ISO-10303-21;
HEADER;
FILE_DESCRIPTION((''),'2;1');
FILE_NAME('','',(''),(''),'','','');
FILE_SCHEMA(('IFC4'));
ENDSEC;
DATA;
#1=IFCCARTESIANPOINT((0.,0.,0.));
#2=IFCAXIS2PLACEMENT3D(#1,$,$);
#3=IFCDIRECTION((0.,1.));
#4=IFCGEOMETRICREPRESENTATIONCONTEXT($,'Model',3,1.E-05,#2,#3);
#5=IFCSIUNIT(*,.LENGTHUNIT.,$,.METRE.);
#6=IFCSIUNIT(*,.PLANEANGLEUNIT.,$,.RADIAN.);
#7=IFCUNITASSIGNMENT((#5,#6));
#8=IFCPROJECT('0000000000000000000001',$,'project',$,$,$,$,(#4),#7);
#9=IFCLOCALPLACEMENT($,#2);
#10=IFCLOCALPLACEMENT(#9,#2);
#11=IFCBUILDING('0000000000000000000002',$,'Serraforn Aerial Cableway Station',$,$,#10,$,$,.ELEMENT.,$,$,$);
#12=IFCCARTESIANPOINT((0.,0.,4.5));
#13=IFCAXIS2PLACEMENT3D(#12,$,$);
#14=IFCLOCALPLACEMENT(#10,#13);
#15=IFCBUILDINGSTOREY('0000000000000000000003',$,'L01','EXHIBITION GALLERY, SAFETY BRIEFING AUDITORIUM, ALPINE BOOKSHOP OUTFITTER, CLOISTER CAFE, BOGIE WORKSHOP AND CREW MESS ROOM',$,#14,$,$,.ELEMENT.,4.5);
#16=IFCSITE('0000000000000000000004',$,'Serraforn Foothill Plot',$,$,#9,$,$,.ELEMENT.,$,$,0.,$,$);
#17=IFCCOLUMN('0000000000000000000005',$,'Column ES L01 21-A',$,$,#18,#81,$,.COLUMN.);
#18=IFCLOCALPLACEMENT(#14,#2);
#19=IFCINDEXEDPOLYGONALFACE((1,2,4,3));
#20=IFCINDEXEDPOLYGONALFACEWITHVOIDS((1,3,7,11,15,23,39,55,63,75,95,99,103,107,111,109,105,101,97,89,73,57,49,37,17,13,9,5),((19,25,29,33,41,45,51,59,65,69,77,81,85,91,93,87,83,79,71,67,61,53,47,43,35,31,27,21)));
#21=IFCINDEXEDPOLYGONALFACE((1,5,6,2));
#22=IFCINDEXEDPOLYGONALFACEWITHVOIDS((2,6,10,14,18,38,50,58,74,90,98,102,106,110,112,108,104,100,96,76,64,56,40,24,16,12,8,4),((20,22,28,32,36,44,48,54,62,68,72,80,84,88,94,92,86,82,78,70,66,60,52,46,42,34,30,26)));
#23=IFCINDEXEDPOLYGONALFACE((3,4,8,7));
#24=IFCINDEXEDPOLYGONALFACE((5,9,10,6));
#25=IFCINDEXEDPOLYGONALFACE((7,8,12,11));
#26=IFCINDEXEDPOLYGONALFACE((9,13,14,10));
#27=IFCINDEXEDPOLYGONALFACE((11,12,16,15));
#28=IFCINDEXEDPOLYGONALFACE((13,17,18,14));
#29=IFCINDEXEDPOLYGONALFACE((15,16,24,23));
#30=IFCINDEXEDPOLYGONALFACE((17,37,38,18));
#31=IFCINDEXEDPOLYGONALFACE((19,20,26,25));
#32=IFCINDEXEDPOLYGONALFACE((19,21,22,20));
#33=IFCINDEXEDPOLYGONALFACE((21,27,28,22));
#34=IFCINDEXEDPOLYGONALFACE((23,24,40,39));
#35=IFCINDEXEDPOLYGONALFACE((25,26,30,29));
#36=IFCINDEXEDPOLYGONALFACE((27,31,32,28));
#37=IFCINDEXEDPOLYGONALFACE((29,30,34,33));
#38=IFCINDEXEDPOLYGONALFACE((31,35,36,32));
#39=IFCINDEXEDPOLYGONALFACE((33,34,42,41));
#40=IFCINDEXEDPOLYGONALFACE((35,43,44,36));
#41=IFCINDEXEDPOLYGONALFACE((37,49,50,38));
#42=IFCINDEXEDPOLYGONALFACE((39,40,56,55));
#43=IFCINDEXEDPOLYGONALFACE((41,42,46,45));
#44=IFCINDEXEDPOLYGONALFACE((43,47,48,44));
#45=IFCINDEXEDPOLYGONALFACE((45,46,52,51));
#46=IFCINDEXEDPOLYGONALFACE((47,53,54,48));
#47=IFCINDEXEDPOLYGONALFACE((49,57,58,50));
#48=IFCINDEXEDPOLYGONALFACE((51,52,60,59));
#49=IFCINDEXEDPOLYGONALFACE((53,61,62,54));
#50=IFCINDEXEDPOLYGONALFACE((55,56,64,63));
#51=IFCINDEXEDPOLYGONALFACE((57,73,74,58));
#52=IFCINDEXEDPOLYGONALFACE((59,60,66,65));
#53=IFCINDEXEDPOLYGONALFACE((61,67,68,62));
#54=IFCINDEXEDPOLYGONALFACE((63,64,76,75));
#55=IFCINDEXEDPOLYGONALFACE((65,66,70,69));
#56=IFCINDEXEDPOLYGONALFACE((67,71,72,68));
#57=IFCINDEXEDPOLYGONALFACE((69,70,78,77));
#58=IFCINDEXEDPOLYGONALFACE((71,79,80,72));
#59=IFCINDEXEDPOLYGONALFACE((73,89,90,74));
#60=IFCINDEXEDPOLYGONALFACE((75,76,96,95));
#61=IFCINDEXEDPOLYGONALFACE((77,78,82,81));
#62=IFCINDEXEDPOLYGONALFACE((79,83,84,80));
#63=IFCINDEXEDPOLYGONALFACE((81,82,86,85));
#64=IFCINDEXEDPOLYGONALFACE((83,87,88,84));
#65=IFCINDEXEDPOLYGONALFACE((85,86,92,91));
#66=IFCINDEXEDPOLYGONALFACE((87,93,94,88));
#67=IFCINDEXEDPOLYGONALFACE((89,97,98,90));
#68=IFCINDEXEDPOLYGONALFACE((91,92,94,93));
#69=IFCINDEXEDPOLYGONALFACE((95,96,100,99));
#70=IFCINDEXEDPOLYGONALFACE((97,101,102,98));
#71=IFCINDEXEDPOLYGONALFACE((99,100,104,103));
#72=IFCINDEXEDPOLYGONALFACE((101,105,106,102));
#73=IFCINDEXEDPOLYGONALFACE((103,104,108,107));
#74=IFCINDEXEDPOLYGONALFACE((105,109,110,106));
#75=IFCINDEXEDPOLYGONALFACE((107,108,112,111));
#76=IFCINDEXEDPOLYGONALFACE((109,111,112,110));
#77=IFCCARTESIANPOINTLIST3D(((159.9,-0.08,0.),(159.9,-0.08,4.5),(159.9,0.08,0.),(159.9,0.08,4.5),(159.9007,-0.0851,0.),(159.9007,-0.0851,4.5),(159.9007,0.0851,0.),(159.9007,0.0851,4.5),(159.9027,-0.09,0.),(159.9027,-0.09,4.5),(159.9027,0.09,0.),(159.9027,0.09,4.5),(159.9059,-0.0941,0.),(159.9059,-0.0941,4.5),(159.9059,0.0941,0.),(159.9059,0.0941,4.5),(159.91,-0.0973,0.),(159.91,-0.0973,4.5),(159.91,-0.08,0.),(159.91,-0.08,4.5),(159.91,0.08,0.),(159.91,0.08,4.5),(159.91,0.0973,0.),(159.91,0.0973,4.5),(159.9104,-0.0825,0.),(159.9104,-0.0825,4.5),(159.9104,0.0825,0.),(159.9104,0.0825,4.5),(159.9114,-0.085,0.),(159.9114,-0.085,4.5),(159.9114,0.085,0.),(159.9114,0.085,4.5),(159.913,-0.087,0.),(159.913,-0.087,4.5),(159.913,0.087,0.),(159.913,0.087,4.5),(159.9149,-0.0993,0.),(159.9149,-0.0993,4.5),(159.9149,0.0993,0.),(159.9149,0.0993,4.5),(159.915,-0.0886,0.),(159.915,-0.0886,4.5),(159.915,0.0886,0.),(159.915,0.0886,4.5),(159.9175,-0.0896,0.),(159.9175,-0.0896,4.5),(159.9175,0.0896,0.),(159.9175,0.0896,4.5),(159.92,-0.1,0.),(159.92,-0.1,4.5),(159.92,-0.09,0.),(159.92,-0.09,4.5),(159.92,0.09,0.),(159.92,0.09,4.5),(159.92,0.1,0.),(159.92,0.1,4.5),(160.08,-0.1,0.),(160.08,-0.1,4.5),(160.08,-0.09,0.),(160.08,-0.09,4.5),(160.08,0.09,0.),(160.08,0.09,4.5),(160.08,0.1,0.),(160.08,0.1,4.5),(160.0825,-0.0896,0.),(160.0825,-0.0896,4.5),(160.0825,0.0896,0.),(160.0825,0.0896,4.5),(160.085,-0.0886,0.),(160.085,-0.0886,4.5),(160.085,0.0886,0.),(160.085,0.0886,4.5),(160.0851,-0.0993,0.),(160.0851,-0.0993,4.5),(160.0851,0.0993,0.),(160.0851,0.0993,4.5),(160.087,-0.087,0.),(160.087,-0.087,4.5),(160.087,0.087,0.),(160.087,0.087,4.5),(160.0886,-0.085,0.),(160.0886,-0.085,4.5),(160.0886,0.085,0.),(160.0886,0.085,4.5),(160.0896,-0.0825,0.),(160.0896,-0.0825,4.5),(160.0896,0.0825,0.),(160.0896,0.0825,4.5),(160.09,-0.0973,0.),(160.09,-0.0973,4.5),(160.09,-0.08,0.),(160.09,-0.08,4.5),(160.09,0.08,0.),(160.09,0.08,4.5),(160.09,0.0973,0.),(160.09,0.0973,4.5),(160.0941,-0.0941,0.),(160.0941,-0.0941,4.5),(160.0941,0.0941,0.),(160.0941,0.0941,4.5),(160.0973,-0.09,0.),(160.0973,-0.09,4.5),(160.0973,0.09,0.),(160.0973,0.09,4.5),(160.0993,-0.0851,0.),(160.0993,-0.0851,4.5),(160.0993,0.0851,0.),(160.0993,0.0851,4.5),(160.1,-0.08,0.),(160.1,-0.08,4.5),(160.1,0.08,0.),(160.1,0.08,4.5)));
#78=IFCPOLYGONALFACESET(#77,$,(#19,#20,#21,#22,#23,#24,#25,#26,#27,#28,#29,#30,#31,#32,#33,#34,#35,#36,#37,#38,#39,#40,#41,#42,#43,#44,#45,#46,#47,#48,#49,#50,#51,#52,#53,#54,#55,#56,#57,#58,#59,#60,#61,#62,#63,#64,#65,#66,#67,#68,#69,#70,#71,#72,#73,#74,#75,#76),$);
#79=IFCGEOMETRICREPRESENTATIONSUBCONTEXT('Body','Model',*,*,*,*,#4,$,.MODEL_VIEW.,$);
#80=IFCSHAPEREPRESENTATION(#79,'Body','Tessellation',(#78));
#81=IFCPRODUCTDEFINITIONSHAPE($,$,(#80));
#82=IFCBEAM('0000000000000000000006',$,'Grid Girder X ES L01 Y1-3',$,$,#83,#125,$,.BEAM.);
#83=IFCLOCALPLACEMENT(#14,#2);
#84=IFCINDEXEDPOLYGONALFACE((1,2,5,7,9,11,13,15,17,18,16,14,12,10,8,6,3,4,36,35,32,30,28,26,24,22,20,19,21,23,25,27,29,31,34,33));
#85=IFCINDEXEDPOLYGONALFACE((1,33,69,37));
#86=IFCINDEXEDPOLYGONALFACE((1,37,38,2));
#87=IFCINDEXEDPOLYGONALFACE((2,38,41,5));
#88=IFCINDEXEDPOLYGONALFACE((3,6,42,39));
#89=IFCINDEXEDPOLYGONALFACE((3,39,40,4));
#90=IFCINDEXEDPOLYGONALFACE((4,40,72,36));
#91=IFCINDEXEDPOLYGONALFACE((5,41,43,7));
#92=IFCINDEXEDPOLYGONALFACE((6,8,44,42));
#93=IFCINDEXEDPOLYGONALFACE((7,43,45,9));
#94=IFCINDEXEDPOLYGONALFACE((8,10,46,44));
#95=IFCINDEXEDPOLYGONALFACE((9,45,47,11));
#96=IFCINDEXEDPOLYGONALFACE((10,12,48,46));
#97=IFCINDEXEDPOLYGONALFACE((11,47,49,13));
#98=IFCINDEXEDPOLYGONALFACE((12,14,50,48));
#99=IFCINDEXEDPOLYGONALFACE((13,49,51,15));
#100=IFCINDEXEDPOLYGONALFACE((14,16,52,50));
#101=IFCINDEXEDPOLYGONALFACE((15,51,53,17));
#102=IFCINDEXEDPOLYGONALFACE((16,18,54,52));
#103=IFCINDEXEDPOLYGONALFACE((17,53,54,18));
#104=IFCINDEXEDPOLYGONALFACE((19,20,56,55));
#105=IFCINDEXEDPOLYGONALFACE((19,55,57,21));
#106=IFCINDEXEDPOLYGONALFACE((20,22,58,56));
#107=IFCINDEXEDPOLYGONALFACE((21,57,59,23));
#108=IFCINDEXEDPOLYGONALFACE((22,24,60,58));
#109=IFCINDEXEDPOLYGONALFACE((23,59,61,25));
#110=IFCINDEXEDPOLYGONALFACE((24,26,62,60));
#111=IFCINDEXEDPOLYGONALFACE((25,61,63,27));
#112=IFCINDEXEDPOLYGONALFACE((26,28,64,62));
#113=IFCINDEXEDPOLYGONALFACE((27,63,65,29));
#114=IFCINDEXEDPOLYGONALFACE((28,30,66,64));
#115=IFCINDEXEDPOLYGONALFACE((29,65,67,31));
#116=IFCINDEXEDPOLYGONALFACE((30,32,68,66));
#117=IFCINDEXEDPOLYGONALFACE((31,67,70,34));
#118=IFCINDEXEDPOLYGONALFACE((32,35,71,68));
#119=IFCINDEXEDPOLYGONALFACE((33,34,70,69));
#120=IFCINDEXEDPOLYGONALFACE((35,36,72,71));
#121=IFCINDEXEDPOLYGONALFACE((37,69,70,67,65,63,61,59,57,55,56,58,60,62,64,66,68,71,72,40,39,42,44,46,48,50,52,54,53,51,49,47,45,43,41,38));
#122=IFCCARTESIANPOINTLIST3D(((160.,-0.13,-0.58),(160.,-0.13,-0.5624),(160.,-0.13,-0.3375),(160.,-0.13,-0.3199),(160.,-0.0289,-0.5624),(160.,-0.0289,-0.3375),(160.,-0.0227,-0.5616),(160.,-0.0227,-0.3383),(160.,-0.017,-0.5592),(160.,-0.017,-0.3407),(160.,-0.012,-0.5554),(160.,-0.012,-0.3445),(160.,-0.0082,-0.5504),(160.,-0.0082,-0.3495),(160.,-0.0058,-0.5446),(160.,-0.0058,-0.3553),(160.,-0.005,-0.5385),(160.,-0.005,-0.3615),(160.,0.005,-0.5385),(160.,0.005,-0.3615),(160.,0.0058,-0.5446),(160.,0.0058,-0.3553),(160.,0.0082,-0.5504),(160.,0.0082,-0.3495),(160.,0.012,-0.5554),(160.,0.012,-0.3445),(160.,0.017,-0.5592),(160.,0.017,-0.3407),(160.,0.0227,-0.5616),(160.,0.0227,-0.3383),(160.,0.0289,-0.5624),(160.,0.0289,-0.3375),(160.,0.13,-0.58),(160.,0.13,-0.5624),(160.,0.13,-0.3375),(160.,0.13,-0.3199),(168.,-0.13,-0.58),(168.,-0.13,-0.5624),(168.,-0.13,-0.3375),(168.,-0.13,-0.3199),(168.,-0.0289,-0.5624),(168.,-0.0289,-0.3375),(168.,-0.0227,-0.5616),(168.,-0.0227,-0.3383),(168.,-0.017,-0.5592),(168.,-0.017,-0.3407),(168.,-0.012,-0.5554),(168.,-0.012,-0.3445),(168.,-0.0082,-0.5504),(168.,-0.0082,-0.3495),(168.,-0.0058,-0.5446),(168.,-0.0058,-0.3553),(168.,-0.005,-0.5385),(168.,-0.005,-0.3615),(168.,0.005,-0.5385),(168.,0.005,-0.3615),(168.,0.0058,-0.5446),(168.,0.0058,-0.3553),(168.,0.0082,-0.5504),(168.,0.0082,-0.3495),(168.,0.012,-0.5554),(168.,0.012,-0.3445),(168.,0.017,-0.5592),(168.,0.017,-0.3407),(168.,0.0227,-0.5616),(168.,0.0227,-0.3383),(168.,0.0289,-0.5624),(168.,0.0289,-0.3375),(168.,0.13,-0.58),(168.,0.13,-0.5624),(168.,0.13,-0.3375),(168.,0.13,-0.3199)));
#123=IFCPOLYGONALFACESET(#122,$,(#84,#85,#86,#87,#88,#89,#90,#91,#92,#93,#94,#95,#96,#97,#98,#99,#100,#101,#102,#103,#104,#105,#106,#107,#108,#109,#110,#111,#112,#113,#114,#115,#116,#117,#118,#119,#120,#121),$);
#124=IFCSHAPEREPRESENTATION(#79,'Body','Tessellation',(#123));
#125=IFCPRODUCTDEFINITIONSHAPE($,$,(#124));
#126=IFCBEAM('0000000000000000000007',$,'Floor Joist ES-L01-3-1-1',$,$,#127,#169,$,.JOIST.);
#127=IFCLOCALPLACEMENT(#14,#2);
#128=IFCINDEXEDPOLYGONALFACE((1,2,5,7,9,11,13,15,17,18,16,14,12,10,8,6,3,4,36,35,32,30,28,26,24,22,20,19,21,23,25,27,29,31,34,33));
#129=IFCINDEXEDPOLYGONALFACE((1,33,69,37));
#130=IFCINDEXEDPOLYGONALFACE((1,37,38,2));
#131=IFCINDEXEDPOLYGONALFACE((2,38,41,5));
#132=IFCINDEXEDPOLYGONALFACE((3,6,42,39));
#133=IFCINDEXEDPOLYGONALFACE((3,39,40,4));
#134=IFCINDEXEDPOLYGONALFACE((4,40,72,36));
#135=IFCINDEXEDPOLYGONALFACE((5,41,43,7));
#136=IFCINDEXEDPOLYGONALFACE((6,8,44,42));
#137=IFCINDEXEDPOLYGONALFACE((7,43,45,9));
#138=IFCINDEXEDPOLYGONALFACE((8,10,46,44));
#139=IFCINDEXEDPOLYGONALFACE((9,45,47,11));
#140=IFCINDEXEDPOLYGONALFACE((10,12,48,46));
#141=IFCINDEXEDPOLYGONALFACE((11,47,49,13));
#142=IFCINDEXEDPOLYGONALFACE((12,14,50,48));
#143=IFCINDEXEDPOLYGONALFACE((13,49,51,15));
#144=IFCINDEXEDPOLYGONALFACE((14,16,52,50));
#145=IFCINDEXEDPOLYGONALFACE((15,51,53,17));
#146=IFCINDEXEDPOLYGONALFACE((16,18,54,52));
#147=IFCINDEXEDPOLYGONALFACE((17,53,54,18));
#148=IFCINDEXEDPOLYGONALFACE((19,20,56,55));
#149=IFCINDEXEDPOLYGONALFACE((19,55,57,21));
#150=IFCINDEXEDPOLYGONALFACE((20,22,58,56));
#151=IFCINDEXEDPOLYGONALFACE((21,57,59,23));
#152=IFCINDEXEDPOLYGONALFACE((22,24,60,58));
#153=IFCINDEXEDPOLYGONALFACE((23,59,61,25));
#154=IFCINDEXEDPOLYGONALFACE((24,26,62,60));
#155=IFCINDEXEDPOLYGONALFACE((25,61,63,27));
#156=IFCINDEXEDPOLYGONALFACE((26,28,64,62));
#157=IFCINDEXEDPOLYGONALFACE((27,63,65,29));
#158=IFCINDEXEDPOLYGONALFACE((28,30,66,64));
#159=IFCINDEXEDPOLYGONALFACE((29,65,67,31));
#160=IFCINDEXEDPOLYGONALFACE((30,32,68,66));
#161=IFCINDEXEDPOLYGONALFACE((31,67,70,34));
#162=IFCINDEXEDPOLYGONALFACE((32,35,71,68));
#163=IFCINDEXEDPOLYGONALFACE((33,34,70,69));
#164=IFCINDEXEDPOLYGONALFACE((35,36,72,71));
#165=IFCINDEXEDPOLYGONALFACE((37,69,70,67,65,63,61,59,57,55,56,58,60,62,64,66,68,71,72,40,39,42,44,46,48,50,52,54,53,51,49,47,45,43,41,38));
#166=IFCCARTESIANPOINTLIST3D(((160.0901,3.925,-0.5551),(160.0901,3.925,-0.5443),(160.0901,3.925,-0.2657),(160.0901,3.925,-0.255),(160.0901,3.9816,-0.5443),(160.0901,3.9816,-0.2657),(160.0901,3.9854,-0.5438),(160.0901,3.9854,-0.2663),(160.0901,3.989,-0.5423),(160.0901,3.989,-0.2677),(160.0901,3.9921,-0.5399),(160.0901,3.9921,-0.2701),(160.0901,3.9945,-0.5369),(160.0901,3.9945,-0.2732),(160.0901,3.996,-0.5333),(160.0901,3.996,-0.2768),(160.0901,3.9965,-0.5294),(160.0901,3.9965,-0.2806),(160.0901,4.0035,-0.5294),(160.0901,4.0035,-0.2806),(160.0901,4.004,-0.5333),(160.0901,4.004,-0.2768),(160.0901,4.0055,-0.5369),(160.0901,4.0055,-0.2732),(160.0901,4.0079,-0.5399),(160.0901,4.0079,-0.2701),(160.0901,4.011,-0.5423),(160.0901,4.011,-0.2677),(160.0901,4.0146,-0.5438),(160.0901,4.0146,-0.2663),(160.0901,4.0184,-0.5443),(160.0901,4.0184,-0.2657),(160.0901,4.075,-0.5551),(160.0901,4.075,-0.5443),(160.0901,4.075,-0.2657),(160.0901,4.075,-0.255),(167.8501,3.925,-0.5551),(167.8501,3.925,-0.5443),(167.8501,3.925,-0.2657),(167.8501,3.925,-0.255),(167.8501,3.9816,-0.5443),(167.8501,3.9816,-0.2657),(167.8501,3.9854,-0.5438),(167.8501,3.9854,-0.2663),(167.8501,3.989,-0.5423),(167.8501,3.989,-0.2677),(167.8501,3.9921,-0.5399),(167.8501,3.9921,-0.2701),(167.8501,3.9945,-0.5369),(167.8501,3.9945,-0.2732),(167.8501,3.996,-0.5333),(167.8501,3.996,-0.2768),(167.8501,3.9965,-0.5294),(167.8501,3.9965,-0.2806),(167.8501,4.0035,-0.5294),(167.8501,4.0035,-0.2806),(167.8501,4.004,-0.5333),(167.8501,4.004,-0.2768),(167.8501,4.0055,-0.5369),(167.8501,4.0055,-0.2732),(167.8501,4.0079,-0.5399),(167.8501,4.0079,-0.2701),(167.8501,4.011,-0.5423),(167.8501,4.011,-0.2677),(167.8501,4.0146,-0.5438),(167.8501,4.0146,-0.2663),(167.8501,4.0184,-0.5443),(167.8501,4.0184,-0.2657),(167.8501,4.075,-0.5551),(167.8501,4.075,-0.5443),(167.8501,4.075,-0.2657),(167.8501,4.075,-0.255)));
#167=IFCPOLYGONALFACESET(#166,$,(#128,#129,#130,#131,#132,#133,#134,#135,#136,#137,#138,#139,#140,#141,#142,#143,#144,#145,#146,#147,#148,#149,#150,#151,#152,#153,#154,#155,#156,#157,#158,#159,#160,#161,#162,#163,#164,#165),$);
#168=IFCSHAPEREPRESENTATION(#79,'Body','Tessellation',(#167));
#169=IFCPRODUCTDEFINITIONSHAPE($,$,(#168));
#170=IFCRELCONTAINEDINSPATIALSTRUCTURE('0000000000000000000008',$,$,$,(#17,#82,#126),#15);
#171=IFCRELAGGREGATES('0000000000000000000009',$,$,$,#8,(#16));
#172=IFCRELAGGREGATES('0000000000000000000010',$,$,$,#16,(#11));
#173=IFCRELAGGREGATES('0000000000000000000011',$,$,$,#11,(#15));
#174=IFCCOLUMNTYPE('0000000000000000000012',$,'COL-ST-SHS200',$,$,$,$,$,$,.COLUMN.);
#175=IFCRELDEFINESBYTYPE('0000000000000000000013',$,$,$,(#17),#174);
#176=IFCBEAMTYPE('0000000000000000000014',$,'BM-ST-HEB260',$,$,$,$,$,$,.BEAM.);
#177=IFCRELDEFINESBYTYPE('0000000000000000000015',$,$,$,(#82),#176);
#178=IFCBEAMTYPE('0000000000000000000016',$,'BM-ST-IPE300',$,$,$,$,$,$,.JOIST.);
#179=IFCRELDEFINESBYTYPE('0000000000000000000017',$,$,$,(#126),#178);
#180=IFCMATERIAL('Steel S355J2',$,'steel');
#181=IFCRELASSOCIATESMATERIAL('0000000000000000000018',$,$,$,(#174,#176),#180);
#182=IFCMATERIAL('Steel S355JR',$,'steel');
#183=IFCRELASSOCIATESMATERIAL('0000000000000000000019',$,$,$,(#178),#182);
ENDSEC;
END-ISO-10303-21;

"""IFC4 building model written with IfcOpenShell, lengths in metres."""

from ifc_helpers import new_model, si_unit, direction, frame, origin, origin_2d, place, context, subcontext, project, spatial, hollow_rectangle, i_section, extrude, material, material_profile, profile_set, type_object, element, save


model = new_model("IFC4")

# Units and contexts
model_context = context("Model", 3, precision=1e-05, world=origin(), true_north=direction((0.0, 1.0)))
body_context = subcontext(model_context, "Body", "Model", "MODEL_VIEW")
ifc_project = project(units=[si_unit("LENGTHUNIT", "METRE"), si_unit("PLANEANGLEUNIT", "RADIAN")], contexts=[model_context])

# Site, building, storey
site_placement = place(None, origin())
site = spatial("IfcSite", under=ifc_project, at=site_placement, Name="Serraforn Foothill Plot", CompositionType="ELEMENT", RefElevation=0.0)
building_placement = place(site_placement, origin())
building = spatial("IfcBuilding", under=site, at=building_placement, Name="Serraforn Aerial Cableway Station", CompositionType="ELEMENT")
storey_placement = place(building_placement, frame((0.0, 0.0, 4.5)))
storey = spatial("IfcBuildingStorey", under=building, at=storey_placement, Name="L01", Description="EXHIBITION GALLERY, SAFETY BRIEFING AUDITORIUM, ALPINE BOOKSHOP OUTFITTER, CLOISTER CAFE, BOGIE WORKSHOP AND CREW MESS ROOM", CompositionType="ELEMENT", Elevation=4.5)

# Column
ifc_material_1 = material(Name="Steel S355J2", Category="steel")
ifc_material_profile_1 = material_profile(ifc_material_1, hollow_rectangle(XDim=0.2, YDim=0.2, WallThickness=0.01, InnerFilletRadius=0.01, OuterFilletRadius=0.02, at=origin_2d()), Name="SHS 200x200x10.0")
ifc_profile_set_1 = profile_set([ifc_material_profile_1], Name="Steel S355J2")
column_type = type_object("IfcColumnType", Name="COL-ST-SHS200", PredefinedType="COLUMN", material=ifc_profile_set_1)
column_placement = place(storey_placement, frame((160.0, 0.0, 0.0), z_axis=(0.0, 0.0, 1.0), x_axis=(1.0, 0.0, 0.0)))
element("IfcColumn", 1, at=column_placement, inside=storey, type_object=column_type, Name="Column ES L01 21-A", PredefinedType="COLUMN", context=body_context, shape_type="SweptSolid", body=[
    extrude(hollow_rectangle(XDim=0.2, YDim=0.2, WallThickness=0.01, InnerFilletRadius=0.01, OuterFilletRadius=0.02, at=origin_2d()), origin(), (0.0, 0.0, 1.0), 4.5),
])

# Beams
ifc_material_profile_2 = material_profile(ifc_material_1, i_section(OverallWidth=0.26, OverallDepth=0.26, WebThickness=0.01, FlangeThickness=0.0176, FilletRadius=0.0239, at=origin_2d()), Name="HEB 260")
ifc_profile_set_2 = profile_set([ifc_material_profile_2], Name="Steel S355J2")
beam_type_1 = type_object("IfcBeamType", Name="BM-ST-HEB260", PredefinedType="BEAM", material=ifc_profile_set_2)
beam_1_placement = place(storey_placement, frame((160.0, 0.0, -0.45), z_axis=(1.0, 0.0, 0.0), x_axis=(0.0, 1.0, 0.0)))
element("IfcBeam", 2, at=beam_1_placement, inside=storey, type_object=beam_type_1, Name="Grid Girder X ES L01 Y1-3", PredefinedType="BEAM", context=body_context, shape_type="SweptSolid", body=[
    extrude(i_section(OverallWidth=0.26, OverallDepth=0.26, WebThickness=0.01, FlangeThickness=0.0176, FilletRadius=0.0239, at=origin_2d()), origin(), (0.0, 0.0, 1.0), 8.0),
])
ifc_material_2 = material(Name="Steel S355JR", Category="steel")
ifc_material_profile_3 = material_profile(ifc_material_2, i_section(OverallWidth=0.1499, OverallDepth=0.3, WebThickness=0.0071, FlangeThickness=0.0107, FilletRadius=0.0149, at=origin_2d()), Name="IPE 300")
ifc_profile_set_3 = profile_set([ifc_material_profile_3], Name="Steel S355JR")
beam_type_2 = type_object("IfcBeamType", Name="BM-ST-IPE300", PredefinedType="JOIST", material=ifc_profile_set_3)
beam_2_placement = place(storey_placement, frame((160.0901, 4.0, -0.405), z_axis=(1.0, 0.0, 0.0), x_axis=(0.0, 1.0, 0.0)))
element("IfcBeam", 3, at=beam_2_placement, inside=storey, type_object=beam_type_2, Name="Floor Joist ES-L01-3-1-1", PredefinedType="JOIST", context=body_context, shape_type="SweptSolid", body=[
    extrude(i_section(OverallWidth=0.1499, OverallDepth=0.3, WebThickness=0.0071, FlangeThickness=0.0107, FilletRadius=0.0149, at=origin_2d()), origin(), (0.0, 0.0, 1.0), 7.76),
])

save(model, "model.ifc")
